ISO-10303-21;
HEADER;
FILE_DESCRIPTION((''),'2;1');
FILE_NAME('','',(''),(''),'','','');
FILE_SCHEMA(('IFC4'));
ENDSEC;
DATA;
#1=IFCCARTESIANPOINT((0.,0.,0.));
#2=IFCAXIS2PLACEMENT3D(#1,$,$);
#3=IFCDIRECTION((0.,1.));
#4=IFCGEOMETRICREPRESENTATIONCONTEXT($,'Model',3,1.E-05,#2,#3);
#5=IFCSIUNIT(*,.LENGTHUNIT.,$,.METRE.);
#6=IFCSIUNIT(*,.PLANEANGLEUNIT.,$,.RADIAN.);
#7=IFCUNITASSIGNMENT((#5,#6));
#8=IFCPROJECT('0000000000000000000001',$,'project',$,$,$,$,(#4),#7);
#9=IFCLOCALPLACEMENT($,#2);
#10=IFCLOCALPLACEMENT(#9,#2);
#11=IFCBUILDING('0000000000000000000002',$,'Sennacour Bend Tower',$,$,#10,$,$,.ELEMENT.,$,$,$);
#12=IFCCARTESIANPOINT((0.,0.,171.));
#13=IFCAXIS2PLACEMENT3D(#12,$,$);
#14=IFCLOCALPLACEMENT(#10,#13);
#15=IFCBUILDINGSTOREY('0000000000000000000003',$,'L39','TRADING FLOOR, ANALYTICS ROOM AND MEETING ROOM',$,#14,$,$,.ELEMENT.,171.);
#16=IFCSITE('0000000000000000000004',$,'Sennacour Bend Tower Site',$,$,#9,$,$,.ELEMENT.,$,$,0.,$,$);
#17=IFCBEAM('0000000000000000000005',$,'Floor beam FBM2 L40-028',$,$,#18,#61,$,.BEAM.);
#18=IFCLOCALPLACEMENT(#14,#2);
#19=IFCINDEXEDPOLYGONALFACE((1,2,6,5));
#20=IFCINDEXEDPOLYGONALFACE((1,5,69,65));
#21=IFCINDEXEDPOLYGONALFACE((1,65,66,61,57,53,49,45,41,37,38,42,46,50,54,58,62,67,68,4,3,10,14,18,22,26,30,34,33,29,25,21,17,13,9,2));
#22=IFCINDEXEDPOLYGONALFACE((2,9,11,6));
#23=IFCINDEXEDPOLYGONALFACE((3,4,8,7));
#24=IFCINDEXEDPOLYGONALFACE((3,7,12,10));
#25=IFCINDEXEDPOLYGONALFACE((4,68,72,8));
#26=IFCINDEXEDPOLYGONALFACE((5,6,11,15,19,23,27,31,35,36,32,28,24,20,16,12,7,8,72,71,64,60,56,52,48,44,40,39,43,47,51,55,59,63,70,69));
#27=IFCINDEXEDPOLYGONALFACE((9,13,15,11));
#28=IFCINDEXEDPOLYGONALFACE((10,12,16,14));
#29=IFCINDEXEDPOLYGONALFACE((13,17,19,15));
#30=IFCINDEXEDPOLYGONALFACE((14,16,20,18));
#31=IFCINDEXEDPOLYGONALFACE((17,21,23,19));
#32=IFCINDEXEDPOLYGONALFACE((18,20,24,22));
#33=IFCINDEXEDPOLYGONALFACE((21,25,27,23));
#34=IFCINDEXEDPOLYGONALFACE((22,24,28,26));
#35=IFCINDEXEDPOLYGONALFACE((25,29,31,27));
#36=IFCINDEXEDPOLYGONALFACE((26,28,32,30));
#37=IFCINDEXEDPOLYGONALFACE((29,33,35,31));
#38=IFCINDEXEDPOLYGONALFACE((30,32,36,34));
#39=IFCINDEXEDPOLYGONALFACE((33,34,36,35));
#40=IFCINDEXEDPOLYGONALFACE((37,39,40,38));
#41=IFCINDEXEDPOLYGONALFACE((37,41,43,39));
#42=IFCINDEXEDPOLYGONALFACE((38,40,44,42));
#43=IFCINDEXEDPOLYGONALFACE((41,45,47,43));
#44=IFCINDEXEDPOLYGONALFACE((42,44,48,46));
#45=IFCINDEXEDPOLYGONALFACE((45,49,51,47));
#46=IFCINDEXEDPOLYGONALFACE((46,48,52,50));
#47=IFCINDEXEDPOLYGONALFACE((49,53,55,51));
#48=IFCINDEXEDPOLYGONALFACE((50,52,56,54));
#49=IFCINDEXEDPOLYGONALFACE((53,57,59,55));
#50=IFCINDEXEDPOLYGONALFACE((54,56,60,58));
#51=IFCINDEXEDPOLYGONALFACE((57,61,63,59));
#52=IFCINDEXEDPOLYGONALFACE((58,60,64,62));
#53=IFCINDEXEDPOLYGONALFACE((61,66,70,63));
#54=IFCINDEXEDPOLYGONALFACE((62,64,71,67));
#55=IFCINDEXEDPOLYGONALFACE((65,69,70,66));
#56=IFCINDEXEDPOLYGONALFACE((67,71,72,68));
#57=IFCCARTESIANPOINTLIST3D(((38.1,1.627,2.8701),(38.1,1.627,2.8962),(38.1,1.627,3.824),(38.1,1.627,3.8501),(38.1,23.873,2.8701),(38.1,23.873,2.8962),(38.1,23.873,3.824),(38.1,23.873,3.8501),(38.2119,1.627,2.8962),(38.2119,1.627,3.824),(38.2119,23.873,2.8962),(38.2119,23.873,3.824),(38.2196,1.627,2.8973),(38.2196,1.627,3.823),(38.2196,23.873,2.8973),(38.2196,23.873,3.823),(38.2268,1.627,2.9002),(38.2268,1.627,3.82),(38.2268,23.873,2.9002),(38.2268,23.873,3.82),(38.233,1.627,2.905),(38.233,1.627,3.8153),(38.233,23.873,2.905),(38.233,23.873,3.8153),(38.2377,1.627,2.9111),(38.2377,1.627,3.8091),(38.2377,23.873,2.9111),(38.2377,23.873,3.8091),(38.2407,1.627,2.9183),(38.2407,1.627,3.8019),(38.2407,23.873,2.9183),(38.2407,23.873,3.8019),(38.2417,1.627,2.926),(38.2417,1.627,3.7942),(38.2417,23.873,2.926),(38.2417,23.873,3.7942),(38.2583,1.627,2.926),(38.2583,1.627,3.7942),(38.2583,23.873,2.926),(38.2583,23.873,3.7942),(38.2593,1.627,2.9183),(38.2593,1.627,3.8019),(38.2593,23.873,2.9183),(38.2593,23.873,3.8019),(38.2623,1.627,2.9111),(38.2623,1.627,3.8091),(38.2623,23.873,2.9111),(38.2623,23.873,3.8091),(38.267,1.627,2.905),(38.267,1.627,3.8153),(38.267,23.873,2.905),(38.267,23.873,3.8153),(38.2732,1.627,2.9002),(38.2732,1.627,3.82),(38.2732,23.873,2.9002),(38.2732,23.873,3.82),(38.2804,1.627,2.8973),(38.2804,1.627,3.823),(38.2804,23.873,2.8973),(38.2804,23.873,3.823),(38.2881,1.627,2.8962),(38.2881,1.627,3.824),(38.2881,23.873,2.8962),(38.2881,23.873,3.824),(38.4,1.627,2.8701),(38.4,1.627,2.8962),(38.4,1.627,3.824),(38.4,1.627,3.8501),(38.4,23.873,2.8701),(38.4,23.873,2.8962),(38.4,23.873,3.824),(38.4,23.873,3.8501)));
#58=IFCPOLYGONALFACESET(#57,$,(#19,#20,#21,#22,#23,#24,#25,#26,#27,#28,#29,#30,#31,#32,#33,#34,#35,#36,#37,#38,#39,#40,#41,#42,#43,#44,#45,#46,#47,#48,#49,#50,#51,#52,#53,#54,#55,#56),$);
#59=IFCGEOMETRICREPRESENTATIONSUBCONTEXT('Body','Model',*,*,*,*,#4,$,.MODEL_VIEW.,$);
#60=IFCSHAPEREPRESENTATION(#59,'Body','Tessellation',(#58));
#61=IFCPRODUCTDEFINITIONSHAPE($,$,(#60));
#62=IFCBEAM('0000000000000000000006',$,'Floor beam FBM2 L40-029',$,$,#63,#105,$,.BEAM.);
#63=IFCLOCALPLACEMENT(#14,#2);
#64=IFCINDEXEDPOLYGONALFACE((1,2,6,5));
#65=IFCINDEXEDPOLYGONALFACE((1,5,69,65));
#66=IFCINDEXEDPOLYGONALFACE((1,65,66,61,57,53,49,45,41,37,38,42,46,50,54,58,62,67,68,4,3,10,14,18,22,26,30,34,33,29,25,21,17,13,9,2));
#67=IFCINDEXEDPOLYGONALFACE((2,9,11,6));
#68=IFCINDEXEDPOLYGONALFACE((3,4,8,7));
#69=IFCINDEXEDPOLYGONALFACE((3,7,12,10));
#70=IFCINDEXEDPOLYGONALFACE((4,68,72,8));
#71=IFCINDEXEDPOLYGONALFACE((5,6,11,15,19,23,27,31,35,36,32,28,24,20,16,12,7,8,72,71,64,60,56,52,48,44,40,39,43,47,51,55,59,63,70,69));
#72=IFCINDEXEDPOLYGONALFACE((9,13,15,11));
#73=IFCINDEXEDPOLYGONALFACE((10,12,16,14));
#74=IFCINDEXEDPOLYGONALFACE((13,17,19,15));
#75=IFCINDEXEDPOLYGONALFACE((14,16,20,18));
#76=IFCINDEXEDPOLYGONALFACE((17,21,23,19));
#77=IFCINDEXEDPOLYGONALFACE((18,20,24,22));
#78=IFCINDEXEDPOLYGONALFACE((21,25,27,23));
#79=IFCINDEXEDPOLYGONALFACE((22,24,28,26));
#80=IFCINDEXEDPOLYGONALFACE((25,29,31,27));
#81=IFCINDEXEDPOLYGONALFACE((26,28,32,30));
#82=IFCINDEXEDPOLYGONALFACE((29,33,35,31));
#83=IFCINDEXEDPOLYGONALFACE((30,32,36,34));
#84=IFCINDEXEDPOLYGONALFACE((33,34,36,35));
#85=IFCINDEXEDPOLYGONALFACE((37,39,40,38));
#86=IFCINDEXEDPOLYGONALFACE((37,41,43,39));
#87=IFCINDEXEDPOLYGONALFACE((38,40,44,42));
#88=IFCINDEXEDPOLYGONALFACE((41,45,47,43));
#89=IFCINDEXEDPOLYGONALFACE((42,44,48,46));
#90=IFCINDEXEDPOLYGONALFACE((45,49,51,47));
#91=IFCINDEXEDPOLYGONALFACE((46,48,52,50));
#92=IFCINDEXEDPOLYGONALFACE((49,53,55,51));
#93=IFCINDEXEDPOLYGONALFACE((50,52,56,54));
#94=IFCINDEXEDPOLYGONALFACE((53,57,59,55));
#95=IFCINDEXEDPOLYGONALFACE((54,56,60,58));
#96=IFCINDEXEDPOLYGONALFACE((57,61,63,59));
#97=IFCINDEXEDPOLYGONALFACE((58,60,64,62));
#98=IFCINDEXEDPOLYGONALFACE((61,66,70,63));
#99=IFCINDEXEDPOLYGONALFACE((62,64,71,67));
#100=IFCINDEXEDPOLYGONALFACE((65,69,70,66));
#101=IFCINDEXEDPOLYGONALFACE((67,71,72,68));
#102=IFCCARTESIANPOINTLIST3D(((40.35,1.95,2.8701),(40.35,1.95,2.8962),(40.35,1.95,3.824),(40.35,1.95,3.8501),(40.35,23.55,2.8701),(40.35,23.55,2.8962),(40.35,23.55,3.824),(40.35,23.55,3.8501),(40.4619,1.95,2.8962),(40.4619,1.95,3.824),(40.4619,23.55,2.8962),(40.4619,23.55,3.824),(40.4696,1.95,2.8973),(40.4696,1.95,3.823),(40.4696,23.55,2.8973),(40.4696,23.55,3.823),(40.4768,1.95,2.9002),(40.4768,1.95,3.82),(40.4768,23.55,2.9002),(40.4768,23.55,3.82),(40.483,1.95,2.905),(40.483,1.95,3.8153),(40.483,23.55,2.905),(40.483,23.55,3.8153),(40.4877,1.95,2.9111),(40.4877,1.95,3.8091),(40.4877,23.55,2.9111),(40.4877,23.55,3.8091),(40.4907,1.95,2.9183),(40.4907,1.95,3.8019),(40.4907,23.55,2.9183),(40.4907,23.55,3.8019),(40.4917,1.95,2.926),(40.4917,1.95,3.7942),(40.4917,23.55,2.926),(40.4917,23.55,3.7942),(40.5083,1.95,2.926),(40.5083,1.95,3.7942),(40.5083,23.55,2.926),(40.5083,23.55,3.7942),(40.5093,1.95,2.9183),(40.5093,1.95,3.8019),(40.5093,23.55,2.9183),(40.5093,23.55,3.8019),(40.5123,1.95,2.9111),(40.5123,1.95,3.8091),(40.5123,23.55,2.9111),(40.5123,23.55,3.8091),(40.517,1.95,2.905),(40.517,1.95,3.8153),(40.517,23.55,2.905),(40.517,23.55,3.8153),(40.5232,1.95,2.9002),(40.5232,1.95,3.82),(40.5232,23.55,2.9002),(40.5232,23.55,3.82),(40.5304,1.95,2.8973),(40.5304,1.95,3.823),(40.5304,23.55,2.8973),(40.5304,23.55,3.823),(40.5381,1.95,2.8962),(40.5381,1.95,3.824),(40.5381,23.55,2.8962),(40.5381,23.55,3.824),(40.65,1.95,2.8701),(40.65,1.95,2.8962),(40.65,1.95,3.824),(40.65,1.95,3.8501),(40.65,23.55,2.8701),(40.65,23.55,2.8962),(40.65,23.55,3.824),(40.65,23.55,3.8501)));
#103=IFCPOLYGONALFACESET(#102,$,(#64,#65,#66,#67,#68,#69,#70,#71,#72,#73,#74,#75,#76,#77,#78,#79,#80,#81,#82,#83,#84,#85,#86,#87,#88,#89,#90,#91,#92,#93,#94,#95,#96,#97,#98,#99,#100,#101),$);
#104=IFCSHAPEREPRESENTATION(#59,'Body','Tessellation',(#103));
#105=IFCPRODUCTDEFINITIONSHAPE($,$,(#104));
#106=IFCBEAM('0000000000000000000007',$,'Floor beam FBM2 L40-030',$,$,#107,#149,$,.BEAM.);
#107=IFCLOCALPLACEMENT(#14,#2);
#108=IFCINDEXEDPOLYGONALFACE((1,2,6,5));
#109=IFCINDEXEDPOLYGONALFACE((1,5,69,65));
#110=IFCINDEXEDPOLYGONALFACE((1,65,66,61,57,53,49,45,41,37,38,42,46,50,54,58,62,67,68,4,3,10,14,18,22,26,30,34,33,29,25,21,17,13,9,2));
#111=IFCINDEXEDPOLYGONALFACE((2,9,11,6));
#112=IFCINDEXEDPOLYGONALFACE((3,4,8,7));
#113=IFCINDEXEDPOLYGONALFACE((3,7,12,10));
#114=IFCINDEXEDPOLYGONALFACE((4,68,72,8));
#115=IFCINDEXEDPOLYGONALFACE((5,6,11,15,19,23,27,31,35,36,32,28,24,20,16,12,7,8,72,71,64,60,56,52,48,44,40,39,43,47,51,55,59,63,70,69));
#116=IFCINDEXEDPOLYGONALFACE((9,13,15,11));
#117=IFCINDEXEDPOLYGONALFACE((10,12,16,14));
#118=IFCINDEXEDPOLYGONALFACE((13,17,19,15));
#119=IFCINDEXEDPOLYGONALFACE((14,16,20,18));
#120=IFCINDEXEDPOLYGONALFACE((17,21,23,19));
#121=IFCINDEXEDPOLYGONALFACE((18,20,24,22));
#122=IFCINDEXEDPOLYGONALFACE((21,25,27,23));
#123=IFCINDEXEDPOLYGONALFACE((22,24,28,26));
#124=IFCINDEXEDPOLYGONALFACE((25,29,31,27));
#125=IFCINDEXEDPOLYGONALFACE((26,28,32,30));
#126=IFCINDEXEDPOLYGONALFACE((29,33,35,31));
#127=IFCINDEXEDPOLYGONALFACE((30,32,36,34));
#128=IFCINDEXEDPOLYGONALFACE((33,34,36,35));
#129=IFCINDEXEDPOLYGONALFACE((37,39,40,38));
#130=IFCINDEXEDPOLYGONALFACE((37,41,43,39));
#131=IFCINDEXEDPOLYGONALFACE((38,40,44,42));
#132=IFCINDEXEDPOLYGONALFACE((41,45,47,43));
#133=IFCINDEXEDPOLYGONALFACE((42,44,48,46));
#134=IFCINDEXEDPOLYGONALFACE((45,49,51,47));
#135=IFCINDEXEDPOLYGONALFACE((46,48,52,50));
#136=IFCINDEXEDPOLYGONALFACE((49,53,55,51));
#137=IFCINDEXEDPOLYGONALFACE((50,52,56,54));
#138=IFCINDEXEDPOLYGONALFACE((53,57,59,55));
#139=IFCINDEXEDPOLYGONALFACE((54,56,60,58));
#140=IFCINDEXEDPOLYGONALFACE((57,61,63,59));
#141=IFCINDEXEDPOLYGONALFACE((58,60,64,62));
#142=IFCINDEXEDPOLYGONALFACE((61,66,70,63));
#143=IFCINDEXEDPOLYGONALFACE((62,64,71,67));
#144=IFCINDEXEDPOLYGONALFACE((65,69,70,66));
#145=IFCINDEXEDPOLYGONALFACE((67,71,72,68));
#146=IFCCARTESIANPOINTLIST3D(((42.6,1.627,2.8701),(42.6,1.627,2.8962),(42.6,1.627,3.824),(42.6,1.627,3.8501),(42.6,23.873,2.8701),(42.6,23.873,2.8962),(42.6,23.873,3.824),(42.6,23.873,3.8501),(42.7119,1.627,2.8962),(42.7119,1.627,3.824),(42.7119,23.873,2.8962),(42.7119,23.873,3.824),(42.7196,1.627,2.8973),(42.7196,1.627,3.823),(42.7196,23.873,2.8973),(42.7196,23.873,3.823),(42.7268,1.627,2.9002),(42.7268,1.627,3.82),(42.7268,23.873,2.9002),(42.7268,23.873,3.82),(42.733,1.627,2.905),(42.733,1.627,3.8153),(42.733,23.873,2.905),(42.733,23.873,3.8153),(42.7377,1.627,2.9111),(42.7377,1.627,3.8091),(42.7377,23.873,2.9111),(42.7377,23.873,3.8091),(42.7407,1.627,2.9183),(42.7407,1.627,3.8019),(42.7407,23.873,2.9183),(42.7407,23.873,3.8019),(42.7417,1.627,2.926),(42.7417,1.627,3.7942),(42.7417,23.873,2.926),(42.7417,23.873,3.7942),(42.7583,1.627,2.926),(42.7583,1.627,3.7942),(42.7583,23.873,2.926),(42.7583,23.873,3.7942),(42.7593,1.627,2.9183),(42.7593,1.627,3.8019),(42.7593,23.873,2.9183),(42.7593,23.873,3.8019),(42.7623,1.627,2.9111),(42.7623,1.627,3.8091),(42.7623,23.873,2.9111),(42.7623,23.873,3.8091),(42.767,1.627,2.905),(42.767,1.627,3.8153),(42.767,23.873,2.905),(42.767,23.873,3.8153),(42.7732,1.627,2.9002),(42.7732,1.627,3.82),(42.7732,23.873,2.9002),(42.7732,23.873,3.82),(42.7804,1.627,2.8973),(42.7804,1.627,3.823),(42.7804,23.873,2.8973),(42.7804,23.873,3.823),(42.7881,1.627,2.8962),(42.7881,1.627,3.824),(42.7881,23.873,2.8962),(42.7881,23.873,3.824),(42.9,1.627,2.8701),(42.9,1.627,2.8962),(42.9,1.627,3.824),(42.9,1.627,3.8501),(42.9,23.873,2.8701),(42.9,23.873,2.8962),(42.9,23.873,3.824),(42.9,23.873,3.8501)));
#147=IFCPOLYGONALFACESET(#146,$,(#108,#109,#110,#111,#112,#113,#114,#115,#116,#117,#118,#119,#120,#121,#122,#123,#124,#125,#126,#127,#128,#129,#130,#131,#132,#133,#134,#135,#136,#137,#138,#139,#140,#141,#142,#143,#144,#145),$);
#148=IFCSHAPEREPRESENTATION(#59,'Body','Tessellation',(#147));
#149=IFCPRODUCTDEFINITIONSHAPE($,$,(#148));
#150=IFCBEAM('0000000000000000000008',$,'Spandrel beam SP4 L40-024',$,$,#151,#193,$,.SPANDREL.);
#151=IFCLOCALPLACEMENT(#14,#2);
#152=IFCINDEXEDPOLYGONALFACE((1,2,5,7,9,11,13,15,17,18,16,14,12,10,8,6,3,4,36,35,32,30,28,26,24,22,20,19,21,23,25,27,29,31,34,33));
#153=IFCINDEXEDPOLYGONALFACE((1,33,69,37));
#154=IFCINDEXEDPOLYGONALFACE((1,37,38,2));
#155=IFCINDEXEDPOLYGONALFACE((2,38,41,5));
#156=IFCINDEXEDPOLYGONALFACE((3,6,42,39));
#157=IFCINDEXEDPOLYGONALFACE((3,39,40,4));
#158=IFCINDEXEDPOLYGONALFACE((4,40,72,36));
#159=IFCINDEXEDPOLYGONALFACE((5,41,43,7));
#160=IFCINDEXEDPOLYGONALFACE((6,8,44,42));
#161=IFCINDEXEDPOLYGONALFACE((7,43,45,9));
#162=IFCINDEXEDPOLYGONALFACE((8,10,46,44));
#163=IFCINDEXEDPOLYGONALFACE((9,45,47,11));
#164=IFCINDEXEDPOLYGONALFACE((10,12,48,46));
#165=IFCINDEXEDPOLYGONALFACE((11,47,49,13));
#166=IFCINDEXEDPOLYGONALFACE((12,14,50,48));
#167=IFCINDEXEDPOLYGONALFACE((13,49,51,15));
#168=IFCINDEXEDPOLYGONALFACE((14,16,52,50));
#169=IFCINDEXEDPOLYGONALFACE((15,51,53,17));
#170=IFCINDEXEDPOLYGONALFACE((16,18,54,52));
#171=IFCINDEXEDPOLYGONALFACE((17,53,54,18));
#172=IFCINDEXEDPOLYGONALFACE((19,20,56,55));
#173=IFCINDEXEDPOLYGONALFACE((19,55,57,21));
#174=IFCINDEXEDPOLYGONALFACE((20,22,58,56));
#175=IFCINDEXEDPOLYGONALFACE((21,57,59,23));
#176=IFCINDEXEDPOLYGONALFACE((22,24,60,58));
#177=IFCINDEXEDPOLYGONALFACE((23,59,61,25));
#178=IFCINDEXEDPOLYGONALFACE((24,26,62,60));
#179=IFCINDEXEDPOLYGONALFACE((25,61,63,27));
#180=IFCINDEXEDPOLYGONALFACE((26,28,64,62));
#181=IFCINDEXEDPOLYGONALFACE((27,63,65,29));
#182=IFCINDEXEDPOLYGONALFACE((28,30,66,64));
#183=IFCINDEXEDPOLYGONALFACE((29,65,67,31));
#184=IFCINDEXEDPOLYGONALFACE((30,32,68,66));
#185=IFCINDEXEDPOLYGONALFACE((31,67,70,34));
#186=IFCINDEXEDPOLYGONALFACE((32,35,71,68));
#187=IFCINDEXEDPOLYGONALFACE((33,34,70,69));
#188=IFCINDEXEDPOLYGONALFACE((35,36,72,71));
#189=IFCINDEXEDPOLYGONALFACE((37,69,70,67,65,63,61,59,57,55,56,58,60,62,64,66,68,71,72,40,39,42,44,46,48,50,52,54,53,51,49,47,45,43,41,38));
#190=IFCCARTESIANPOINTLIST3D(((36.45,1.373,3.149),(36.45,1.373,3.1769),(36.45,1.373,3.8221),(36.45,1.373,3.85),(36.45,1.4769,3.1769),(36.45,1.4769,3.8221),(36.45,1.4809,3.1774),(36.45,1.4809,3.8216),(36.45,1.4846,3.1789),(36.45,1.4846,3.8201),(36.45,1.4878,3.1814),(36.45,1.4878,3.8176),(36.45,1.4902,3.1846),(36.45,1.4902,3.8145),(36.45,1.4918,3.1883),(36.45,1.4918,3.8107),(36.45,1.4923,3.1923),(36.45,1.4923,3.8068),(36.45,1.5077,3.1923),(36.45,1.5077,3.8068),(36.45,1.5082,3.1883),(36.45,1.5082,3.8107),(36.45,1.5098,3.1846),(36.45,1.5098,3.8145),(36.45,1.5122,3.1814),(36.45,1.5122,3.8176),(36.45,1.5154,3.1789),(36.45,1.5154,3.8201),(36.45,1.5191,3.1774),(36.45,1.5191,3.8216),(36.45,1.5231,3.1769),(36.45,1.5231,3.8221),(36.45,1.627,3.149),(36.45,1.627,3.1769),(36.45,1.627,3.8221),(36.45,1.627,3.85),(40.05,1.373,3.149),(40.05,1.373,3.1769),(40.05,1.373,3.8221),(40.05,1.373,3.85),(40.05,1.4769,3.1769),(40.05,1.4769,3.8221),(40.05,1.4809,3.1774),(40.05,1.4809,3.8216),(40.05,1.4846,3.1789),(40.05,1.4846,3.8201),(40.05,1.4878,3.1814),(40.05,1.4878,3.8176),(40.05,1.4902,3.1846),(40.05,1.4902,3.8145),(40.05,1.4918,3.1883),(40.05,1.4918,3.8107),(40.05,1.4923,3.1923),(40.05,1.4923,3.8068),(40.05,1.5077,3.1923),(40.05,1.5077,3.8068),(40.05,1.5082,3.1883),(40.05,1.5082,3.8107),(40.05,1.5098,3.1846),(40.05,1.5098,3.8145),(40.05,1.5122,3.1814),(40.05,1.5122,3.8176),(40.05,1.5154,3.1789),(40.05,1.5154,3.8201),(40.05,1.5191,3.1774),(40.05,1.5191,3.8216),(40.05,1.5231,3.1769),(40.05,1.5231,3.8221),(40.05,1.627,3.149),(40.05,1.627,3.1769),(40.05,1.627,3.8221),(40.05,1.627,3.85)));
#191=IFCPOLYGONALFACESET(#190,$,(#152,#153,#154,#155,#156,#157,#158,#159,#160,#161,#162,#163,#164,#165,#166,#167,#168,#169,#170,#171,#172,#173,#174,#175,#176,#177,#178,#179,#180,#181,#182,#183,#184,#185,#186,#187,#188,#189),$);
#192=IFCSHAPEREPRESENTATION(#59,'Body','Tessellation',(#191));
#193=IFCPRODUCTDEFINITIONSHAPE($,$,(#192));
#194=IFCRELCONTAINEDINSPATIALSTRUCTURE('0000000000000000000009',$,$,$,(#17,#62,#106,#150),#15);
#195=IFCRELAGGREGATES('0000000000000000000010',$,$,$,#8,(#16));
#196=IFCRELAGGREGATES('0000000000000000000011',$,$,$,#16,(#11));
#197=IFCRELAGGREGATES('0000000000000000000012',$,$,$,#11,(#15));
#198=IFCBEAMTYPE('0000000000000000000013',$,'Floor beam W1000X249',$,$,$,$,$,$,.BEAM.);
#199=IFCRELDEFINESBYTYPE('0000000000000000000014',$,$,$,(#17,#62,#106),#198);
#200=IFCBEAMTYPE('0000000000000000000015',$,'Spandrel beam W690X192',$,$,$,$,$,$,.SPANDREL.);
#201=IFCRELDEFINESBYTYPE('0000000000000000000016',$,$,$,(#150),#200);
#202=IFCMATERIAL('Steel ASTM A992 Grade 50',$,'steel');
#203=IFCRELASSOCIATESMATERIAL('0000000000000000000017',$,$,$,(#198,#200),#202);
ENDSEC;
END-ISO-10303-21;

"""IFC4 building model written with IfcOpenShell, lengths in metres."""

from ifc_helpers import new_model, si_unit, direction, frame, origin, origin_2d, place, context, subcontext, project, spatial, i_section, extrude, material, material_profile, profile_set, type_object, element, save


model = new_model("IFC4")

# Units and contexts
model_context = context("Model", 3, precision=1e-05, world=origin(), true_north=direction((0.0, 1.0)))
body_context = subcontext(model_context, "Body", "Model", "MODEL_VIEW")
ifc_project = project(units=[si_unit("LENGTHUNIT", "METRE"), si_unit("PLANEANGLEUNIT", "RADIAN")], contexts=[model_context])

# Site, building, storey
site_placement = place(None, origin())
site = spatial("IfcSite", under=ifc_project, at=site_placement, Name="Sennacour Bend Tower Site", CompositionType="ELEMENT", RefElevation=0.0)
building_placement = place(site_placement, origin())
building = spatial("IfcBuilding", under=site, at=building_placement, Name="Sennacour Bend Tower", CompositionType="ELEMENT")
storey_placement = place(building_placement, frame((0.0, 0.0, 171.0)))
storey = spatial("IfcBuildingStorey", under=building, at=storey_placement, Name="L39", Description="TRADING FLOOR, ANALYTICS ROOM AND MEETING ROOM", CompositionType="ELEMENT", Elevation=171.0)

# Beams
ifc_material_1 = material(Name="Steel ASTM A992 Grade 50", Category="steel")
ifc_material_profile_1 = material_profile(ifc_material_1, i_section(OverallWidth=0.3, OverallDepth=0.98, WebThickness=0.0166, FlangeThickness=0.0261, FilletRadius=0.0298, at=origin_2d()), Name="Steel ASTM A992 Grade 50", Category="steel")
ifc_profile_set_1 = profile_set([ifc_material_profile_1], Name="Steel ASTM A992 Grade 50")
beam_type_1 = type_object("IfcBeamType", Name="Floor beam W1000X249", PredefinedType="BEAM", material=ifc_profile_set_1)
beam_1_placement = place(storey_placement, frame((38.25, 1.627, 3.3601), z_axis=(0.0, 1.0, 0.0), x_axis=(-1.0, 0.0, 0.0)))
element("IfcBeam", 1, at=beam_1_placement, inside=storey, type_object=beam_type_1, Name="Floor beam FBM2 L40-028", PredefinedType="BEAM", context=body_context, shape_type="SweptSolid", body=[
    extrude(i_section(OverallWidth=0.3, OverallDepth=0.98, WebThickness=0.0166, FlangeThickness=0.0261, FilletRadius=0.0298, at=origin_2d()), origin(), (0.0, 0.0, 1.0), 22.2461),
])
beam_2_placement = place(storey_placement, frame((40.5, 1.95, 3.3601), z_axis=(0.0, 1.0, 0.0), x_axis=(-1.0, 0.0, 0.0)))
element("IfcBeam", 2, at=beam_2_placement, inside=storey, type_object=beam_type_1, Name="Floor beam FBM2 L40-029", PredefinedType="BEAM", context=body_context, shape_type="SweptSolid", body=[
    extrude(i_section(OverallWidth=0.3, OverallDepth=0.98, WebThickness=0.0166, FlangeThickness=0.0261, FilletRadius=0.0298, at=origin_2d()), origin(), (0.0, 0.0, 1.0), 21.6001),
])
beam_3_placement = place(storey_placement, frame((42.75, 1.627, 3.3601), z_axis=(0.0, 1.0, 0.0), x_axis=(-1.0, 0.0, 0.0)))
element("IfcBeam", 3, at=beam_3_placement, inside=storey, type_object=beam_type_1, Name="Floor beam FBM2 L40-030", PredefinedType="BEAM", context=body_context, shape_type="SweptSolid", body=[
    extrude(i_section(OverallWidth=0.3, OverallDepth=0.98, WebThickness=0.0166, FlangeThickness=0.0261, FilletRadius=0.0298, at=origin_2d()), origin(), (0.0, 0.0, 1.0), 22.2461),
])
ifc_material_profile_2 = material_profile(ifc_material_1, i_section(OverallWidth=0.2539, OverallDepth=0.7009, WebThickness=0.0154, FlangeThickness=0.0278, FilletRadius=0.0154, at=origin_2d()), Name="Steel ASTM A992 Grade 50", Category="steel")
ifc_profile_set_2 = profile_set([ifc_material_profile_2], Name="Steel ASTM A992 Grade 50")
beam_type_2 = type_object("IfcBeamType", Name="Spandrel beam W690X192", PredefinedType="SPANDREL", material=ifc_profile_set_2)
for number, where, z_axis, x_axis, name in (
    (4, (40.05, 1.5, 3.4995), (-1.0, 0.0, 0.0), (0.0, -1.0, 0.0), "Spandrel beam SP4 L40-024"),
):
    element("IfcBeam", number, at=place(storey_placement, frame(where, z_axis=z_axis, x_axis=x_axis)), inside=storey, type_object=beam_type_2, Name=name, PredefinedType="SPANDREL", context=body_context, shape_type="SweptSolid", body=[
        extrude(i_section(OverallWidth=0.2539, OverallDepth=0.7009, WebThickness=0.0154, FlangeThickness=0.0278, FilletRadius=0.0154, at=origin_2d()), origin(), (0.0, 0.0, 1.0), 3.6001),
    ])

save(model, "model.ifc")
